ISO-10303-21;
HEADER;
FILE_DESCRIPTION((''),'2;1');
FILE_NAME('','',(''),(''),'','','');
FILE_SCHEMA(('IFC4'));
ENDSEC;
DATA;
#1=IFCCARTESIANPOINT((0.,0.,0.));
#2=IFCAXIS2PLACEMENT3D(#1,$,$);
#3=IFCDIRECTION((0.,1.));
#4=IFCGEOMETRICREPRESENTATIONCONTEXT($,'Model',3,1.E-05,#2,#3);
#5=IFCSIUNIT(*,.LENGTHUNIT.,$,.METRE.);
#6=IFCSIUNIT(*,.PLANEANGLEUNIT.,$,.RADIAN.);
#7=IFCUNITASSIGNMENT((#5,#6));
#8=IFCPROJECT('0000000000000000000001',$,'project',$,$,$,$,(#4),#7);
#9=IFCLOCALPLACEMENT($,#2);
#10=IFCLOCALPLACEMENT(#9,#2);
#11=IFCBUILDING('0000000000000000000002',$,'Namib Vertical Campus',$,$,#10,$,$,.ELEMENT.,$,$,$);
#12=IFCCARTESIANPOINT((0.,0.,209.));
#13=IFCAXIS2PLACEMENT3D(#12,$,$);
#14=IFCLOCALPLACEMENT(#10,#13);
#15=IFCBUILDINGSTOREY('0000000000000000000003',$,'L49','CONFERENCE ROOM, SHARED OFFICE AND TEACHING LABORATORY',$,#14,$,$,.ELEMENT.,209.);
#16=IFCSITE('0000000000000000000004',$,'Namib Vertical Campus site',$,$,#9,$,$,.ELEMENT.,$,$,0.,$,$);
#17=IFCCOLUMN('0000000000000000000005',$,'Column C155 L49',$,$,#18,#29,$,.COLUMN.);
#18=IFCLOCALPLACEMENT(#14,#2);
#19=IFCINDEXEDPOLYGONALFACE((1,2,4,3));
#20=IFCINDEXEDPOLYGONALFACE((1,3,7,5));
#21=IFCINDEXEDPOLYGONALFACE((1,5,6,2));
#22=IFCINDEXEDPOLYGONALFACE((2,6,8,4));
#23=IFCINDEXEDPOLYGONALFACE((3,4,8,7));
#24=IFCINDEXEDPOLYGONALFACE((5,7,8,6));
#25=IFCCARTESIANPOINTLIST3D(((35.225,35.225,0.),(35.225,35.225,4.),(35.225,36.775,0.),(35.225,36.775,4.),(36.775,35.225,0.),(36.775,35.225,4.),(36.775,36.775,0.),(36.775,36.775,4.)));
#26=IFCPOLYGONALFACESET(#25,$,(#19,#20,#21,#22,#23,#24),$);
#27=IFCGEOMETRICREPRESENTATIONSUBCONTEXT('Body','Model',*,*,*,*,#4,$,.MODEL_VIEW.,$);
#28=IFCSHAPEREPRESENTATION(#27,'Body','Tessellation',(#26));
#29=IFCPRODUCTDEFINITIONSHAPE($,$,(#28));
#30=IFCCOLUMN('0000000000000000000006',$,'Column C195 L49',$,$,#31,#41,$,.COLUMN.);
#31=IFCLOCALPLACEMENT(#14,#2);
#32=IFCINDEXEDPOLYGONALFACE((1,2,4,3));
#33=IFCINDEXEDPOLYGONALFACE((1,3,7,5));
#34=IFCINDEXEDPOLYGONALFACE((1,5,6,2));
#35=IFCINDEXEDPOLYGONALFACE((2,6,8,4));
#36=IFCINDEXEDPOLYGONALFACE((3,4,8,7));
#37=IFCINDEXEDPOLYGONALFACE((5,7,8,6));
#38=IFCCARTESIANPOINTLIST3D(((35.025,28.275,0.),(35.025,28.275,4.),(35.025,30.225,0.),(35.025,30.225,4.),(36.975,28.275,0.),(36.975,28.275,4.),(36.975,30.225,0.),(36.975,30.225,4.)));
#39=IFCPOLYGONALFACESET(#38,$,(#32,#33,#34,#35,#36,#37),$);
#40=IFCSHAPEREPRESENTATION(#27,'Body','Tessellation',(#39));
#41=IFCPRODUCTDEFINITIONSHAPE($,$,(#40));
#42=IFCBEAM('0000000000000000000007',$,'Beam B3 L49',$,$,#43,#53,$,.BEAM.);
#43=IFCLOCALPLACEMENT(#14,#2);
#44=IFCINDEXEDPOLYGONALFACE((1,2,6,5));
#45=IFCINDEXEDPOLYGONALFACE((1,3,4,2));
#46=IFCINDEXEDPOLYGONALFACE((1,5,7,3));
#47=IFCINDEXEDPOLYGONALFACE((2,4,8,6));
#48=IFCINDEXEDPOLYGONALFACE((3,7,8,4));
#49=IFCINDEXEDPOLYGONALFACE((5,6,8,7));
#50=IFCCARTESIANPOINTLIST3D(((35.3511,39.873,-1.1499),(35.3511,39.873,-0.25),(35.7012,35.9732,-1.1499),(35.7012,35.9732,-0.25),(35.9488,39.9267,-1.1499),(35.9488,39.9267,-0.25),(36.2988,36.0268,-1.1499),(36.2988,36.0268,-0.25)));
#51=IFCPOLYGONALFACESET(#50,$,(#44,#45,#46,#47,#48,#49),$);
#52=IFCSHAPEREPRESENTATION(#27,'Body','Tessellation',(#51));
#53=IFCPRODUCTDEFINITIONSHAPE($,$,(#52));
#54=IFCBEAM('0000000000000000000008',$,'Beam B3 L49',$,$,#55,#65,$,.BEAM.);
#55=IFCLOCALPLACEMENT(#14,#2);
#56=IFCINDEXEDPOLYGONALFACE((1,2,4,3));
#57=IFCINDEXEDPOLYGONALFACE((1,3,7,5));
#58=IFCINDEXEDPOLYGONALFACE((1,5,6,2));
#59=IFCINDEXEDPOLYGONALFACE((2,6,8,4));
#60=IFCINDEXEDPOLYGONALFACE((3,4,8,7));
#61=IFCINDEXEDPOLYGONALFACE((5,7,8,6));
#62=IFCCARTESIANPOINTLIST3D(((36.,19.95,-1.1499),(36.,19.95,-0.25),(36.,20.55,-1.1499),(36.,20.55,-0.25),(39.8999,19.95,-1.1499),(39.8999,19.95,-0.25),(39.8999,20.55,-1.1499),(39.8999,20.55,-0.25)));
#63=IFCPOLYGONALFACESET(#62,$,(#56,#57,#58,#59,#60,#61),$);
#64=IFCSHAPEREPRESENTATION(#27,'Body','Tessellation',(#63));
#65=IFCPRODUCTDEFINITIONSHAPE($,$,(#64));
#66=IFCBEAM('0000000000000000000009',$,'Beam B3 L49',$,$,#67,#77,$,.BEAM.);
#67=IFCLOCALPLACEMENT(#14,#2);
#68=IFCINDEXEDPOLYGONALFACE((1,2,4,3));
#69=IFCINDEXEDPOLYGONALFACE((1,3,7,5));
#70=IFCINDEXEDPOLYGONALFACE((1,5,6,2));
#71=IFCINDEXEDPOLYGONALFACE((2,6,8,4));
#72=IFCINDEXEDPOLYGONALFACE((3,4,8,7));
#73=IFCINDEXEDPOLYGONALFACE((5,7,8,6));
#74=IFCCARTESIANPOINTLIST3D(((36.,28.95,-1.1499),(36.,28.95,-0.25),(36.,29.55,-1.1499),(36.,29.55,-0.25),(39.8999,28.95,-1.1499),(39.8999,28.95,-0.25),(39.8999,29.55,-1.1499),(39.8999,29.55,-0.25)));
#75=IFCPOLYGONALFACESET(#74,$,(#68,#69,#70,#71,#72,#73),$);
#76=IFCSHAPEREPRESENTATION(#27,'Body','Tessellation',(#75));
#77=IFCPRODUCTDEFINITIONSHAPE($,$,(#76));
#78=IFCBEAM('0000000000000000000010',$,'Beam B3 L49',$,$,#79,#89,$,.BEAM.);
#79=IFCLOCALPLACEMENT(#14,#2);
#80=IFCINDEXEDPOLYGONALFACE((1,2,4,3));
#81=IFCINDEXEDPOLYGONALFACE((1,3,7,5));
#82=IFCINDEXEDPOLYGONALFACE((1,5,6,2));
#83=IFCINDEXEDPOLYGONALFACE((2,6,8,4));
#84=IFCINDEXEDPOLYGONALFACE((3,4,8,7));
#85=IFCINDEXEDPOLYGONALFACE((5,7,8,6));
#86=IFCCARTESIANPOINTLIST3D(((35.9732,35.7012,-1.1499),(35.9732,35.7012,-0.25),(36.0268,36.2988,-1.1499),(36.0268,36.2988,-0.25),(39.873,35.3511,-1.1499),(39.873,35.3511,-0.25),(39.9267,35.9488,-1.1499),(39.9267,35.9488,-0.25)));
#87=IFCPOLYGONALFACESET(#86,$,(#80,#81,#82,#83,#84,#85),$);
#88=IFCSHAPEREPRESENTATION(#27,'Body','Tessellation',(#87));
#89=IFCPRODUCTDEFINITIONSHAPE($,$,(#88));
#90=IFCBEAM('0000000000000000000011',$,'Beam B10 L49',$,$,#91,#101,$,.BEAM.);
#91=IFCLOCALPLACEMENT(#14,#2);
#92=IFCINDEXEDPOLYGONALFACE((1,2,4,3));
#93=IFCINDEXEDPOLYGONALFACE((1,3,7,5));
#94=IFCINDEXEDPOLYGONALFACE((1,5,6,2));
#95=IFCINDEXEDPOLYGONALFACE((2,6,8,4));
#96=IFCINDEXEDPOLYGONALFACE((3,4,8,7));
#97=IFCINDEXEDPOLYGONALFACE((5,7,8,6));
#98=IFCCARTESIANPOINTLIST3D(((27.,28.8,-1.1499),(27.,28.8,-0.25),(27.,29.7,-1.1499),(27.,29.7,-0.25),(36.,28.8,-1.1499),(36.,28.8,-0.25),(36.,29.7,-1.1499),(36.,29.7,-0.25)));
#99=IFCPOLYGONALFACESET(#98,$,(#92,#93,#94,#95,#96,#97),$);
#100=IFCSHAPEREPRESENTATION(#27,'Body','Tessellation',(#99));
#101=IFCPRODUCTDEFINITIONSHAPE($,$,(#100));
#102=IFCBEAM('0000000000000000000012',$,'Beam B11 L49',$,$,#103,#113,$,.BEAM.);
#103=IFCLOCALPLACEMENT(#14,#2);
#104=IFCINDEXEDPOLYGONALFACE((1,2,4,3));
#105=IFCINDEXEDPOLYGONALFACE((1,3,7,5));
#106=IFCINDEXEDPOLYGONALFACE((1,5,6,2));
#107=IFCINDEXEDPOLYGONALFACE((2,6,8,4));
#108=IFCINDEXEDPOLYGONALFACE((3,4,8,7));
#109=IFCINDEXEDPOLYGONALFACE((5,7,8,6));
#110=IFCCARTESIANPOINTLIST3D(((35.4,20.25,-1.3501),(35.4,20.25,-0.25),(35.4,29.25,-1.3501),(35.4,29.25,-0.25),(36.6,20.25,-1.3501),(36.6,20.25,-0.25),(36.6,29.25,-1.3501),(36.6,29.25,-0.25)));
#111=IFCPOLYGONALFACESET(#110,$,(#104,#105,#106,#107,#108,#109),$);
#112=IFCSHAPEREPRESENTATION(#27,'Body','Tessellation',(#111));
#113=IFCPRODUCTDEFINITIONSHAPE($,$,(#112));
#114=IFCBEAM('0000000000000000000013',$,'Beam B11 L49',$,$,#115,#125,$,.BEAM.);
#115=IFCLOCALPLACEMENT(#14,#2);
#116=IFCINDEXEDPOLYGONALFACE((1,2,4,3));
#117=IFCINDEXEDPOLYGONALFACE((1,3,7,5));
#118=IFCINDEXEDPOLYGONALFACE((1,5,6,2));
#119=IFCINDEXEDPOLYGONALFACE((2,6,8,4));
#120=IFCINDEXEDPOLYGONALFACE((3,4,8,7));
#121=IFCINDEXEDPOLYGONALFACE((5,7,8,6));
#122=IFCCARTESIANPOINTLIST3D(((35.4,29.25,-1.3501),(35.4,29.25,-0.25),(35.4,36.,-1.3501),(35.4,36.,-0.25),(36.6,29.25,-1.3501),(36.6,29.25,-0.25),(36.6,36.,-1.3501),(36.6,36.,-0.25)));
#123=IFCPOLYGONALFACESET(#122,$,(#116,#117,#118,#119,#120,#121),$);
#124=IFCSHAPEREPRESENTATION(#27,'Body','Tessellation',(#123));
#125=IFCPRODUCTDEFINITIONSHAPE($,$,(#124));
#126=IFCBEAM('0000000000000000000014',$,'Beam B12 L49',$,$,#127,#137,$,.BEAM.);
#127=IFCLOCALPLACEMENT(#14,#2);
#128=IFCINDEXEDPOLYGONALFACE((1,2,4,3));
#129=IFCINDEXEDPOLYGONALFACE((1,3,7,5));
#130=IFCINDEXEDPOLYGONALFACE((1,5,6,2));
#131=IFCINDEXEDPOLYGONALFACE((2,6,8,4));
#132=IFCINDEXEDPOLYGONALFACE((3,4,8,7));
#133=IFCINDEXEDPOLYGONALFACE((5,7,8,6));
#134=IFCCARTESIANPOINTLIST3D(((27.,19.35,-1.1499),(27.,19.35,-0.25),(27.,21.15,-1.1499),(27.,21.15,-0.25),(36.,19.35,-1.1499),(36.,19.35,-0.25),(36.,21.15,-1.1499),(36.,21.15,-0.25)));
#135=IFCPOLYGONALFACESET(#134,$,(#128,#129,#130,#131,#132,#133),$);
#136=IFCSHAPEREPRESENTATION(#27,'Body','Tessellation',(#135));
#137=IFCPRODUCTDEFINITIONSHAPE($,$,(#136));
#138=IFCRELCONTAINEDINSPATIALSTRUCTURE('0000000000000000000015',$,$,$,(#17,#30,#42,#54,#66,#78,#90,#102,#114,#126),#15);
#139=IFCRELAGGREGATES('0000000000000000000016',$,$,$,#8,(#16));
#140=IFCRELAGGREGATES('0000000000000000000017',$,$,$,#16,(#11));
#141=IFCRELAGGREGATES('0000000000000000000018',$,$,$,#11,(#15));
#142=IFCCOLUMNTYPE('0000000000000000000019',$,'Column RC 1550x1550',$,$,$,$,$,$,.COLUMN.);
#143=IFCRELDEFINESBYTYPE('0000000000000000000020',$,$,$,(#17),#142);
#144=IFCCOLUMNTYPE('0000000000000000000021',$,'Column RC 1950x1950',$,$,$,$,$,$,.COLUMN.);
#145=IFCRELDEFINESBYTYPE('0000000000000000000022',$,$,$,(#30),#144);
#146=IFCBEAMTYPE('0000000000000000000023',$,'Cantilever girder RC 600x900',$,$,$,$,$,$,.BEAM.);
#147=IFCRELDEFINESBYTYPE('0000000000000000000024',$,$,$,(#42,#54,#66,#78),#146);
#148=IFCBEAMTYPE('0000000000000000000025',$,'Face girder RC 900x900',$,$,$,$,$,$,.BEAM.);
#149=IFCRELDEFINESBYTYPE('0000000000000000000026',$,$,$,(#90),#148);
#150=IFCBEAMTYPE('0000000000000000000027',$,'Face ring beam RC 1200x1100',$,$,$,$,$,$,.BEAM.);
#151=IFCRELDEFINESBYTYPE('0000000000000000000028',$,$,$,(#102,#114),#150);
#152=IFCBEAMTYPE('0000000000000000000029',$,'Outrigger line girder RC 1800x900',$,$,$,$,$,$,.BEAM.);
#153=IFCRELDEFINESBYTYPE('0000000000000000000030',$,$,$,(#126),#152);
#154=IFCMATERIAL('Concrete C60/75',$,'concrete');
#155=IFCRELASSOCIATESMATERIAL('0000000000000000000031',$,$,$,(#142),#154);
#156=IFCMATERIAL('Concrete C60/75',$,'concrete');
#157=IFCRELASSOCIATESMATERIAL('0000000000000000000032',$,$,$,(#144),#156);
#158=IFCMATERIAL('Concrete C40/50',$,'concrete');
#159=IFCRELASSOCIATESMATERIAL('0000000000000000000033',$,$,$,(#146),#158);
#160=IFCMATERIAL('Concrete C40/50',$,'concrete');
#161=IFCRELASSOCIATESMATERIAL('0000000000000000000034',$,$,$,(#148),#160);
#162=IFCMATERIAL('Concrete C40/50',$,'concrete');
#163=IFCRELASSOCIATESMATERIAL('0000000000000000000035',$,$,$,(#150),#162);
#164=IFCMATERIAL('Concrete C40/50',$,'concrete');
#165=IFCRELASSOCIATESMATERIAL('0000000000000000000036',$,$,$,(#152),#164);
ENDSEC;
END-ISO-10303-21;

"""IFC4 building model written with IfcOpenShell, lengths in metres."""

from ifc_helpers import new_model, si_unit, direction, frame, origin, origin_2d, place, context, subcontext, project, spatial, rectangle, extrude, material, material_profile, profile_set, type_object, element, save


model = new_model("IFC4")

# Units and contexts
model_context = context("Model", 3, precision=1e-05, world=origin(), true_north=direction((0.0, 1.0)))
body_context = subcontext(model_context, "Body", "Model", "MODEL_VIEW")
ifc_project = project(units=[si_unit("LENGTHUNIT", "METRE"), si_unit("PLANEANGLEUNIT", "RADIAN")], contexts=[model_context])

# Site, building, storey
site_placement = place(None, origin())
site = spatial("IfcSite", under=ifc_project, at=site_placement, Name="Namib Vertical Campus site", CompositionType="ELEMENT", RefElevation=0.0)
building_placement = place(site_placement, origin())
building = spatial("IfcBuilding", under=site, at=building_placement, Name="Namib Vertical Campus", CompositionType="ELEMENT")
storey_placement = place(building_placement, frame((0.0, 0.0, 209.0)))
storey = spatial("IfcBuildingStorey", under=building, at=storey_placement, Name="L49", Description="CONFERENCE ROOM, SHARED OFFICE AND TEACHING LABORATORY", CompositionType="ELEMENT", Elevation=209.0)

# Columns
ifc_material_1 = material(Name="Concrete C60/75", Category="concrete")
ifc_material_profile_1 = material_profile(ifc_material_1, rectangle(XDim=1.55, YDim=1.55, at=origin_2d()))
ifc_profile_set_1 = profile_set([ifc_material_profile_1], Name="Concrete C60/75")
column_type_1 = type_object("IfcColumnType", Name="Column RC 1550x1550", PredefinedType="COLUMN", material=ifc_profile_set_1)
column_1_placement = place(storey_placement, frame((36.0, 36.0, 0.0), z_axis=(0.0, 0.0, 1.0), x_axis=(1.0, 0.0, 0.0)))
element("IfcColumn", 1, at=column_1_placement, inside=storey, type_object=column_type_1, Name="Column C155 L49", PredefinedType="COLUMN", context=body_context, shape_type="SweptSolid", body=[
    extrude(rectangle(XDim=1.55, YDim=1.55, at=origin_2d()), origin(), (0.0, 0.0, 1.0), 4.0),
])
ifc_material_2 = material(Name="Concrete C60/75", Category="concrete")
ifc_material_profile_2 = material_profile(ifc_material_2, rectangle(XDim=1.95, YDim=1.95, at=origin_2d()))
ifc_profile_set_2 = profile_set([ifc_material_profile_2], Name="Concrete C60/75")
column_type_2 = type_object("IfcColumnType", Name="Column RC 1950x1950", PredefinedType="COLUMN", material=ifc_profile_set_2)
column_2_placement = place(storey_placement, frame((36.0, 29.25, 0.0), z_axis=(0.0, 0.0, 1.0), x_axis=(1.0, 0.0, 0.0)))
element("IfcColumn", 2, at=column_2_placement, inside=storey, type_object=column_type_2, Name="Column C195 L49", PredefinedType="COLUMN", context=body_context, shape_type="SweptSolid", body=[
    extrude(rectangle(XDim=1.95, YDim=1.95, at=origin_2d()), origin(), (0.0, 0.0, 1.0), 4.0),
])

# Beams
ifc_material_3 = material(Name="Concrete C40/50", Category="concrete")
ifc_material_profile_3 = material_profile(ifc_material_3, rectangle(XDim=0.6001, YDim=0.8999, at=origin_2d()))
ifc_profile_set_3 = profile_set([ifc_material_profile_3], Name="Concrete C40/50")
beam_type_1 = type_object("IfcBeamType", Name="Cantilever girder RC 600x900", PredefinedType="BEAM", material=ifc_profile_set_3)
beam_1_placement = place(storey_placement, frame((36.0, 36.0, -0.7), z_axis=(-0.089411, 0.995995, 0.0), x_axis=(-0.995995, -0.089411, 0.0)))
element("IfcBeam", 3, at=beam_1_placement, inside=storey, type_object=beam_type_1, Name="Beam B3 L49", PredefinedType="BEAM", context=body_context, shape_type="SweptSolid", body=[
    extrude(rectangle(XDim=0.6001, YDim=0.8999, at=origin_2d()), origin(), (0.0, 0.0, 1.0), 3.9155),
])
for number, where, z_axis, x_axis, name in (
    (4, (36.0, 20.25, -0.7), (1.0, 0.0, 0.0), (0.0, 1.0, 0.0), "Beam B3 L49"),
    (5, (36.0, 29.25, -0.7), (1.0, 0.0, 0.0), (0.0, 1.0, 0.0), "Beam B3 L49"),
):
    element("IfcBeam", number, at=place(storey_placement, frame(where, z_axis=z_axis, x_axis=x_axis)), inside=storey, type_object=beam_type_1, Name=name, PredefinedType="BEAM", context=body_context, shape_type="SweptSolid", body=[
        extrude(rectangle(XDim=0.6001, YDim=0.8999, at=origin_2d()), origin(), (0.0, 0.0, 1.0), 3.8999),
    ])
beam_2_placement = place(storey_placement, frame((36.0, 36.0, -0.7), z_axis=(0.995995, -0.089411, 0.0), x_axis=(0.089411, 0.995995, 0.0)))
element("IfcBeam", 6, at=beam_2_placement, inside=storey, type_object=beam_type_1, Name="Beam B3 L49", PredefinedType="BEAM", context=body_context, shape_type="SweptSolid", body=[
    extrude(rectangle(XDim=0.6001, YDim=0.8999, at=origin_2d()), origin(), (0.0, 0.0, 1.0), 3.9155),
])
ifc_material_4 = material(Name="Concrete C40/50", Category="concrete")
ifc_material_profile_4 = material_profile(ifc_material_4, rectangle(XDim=0.8999, YDim=0.8999, at=origin_2d()))
ifc_profile_set_4 = profile_set([ifc_material_profile_4], Name="Concrete C40/50")
beam_type_2 = type_object("IfcBeamType", Name="Face girder RC 900x900", PredefinedType="BEAM", material=ifc_profile_set_4)
beam_3_placement = place(storey_placement, frame((36.0, 29.25, -0.7), z_axis=(-1.0, 0.0, 0.0), x_axis=(0.0, -1.0, 0.0)))
element("IfcBeam", 7, at=beam_3_placement, inside=storey, type_object=beam_type_2, Name="Beam B10 L49", PredefinedType="BEAM", context=body_context, shape_type="SweptSolid", body=[
    extrude(rectangle(XDim=0.8999, YDim=0.8999, at=origin_2d()), origin(), (0.0, 0.0, 1.0), 9.0),
])
ifc_material_5 = material(Name="Concrete C40/50", Category="concrete")
ifc_material_profile_5 = material_profile(ifc_material_5, rectangle(XDim=1.2, YDim=1.1001, at=origin_2d()))
ifc_profile_set_5 = profile_set([ifc_material_profile_5], Name="Concrete C40/50")
beam_type_3 = type_object("IfcBeamType", Name="Face ring beam RC 1200x1100", PredefinedType="BEAM", material=ifc_profile_set_5)
beam_4_placement = place(storey_placement, frame((36.0, 20.25, -0.8), z_axis=(0.0, 1.0, 0.0), x_axis=(-1.0, 0.0, 0.0)))
element("IfcBeam", 8, at=beam_4_placement, inside=storey, type_object=beam_type_3, Name="Beam B11 L49", PredefinedType="BEAM", context=body_context, shape_type="SweptSolid", body=[
    extrude(rectangle(XDim=1.2, YDim=1.1001, at=origin_2d()), origin(), (0.0, 0.0, 1.0), 9.0),
])
beam_5_placement = place(storey_placement, frame((36.0, 29.25, -0.8), z_axis=(0.0, 1.0, 0.0), x_axis=(-1.0, 0.0, 0.0)))
element("IfcBeam", 9, at=beam_5_placement, inside=storey, type_object=beam_type_3, Name="Beam B11 L49", PredefinedType="BEAM", context=body_context, shape_type="SweptSolid", body=[
    extrude(rectangle(XDim=1.2, YDim=1.1001, at=origin_2d()), origin(), (0.0, 0.0, 1.0), 6.75),
])
ifc_material_6 = material(Name="Concrete C40/50", Category="concrete")
ifc_material_profile_6 = material_profile(ifc_material_6, rectangle(XDim=1.8, YDim=0.8999, at=origin_2d()))
ifc_profile_set_6 = profile_set([ifc_material_profile_6], Name="Concrete C40/50")
beam_type_4 = type_object("IfcBeamType", Name="Outrigger line girder RC 1800x900", PredefinedType="BEAM", material=ifc_profile_set_6)
beam_6_placement = place(storey_placement, frame((36.0, 20.25, -0.7), z_axis=(-1.0, 0.0, 0.0), x_axis=(0.0, -1.0, 0.0)))
element("IfcBeam", 10, at=beam_6_placement, inside=storey, type_object=beam_type_4, Name="Beam B12 L49", PredefinedType="BEAM", context=body_context, shape_type="SweptSolid", body=[
    extrude(rectangle(XDim=1.8, YDim=0.8999, at=origin_2d()), origin(), (0.0, 0.0, 1.0), 9.0),
])

save(model, "model.ifc")
